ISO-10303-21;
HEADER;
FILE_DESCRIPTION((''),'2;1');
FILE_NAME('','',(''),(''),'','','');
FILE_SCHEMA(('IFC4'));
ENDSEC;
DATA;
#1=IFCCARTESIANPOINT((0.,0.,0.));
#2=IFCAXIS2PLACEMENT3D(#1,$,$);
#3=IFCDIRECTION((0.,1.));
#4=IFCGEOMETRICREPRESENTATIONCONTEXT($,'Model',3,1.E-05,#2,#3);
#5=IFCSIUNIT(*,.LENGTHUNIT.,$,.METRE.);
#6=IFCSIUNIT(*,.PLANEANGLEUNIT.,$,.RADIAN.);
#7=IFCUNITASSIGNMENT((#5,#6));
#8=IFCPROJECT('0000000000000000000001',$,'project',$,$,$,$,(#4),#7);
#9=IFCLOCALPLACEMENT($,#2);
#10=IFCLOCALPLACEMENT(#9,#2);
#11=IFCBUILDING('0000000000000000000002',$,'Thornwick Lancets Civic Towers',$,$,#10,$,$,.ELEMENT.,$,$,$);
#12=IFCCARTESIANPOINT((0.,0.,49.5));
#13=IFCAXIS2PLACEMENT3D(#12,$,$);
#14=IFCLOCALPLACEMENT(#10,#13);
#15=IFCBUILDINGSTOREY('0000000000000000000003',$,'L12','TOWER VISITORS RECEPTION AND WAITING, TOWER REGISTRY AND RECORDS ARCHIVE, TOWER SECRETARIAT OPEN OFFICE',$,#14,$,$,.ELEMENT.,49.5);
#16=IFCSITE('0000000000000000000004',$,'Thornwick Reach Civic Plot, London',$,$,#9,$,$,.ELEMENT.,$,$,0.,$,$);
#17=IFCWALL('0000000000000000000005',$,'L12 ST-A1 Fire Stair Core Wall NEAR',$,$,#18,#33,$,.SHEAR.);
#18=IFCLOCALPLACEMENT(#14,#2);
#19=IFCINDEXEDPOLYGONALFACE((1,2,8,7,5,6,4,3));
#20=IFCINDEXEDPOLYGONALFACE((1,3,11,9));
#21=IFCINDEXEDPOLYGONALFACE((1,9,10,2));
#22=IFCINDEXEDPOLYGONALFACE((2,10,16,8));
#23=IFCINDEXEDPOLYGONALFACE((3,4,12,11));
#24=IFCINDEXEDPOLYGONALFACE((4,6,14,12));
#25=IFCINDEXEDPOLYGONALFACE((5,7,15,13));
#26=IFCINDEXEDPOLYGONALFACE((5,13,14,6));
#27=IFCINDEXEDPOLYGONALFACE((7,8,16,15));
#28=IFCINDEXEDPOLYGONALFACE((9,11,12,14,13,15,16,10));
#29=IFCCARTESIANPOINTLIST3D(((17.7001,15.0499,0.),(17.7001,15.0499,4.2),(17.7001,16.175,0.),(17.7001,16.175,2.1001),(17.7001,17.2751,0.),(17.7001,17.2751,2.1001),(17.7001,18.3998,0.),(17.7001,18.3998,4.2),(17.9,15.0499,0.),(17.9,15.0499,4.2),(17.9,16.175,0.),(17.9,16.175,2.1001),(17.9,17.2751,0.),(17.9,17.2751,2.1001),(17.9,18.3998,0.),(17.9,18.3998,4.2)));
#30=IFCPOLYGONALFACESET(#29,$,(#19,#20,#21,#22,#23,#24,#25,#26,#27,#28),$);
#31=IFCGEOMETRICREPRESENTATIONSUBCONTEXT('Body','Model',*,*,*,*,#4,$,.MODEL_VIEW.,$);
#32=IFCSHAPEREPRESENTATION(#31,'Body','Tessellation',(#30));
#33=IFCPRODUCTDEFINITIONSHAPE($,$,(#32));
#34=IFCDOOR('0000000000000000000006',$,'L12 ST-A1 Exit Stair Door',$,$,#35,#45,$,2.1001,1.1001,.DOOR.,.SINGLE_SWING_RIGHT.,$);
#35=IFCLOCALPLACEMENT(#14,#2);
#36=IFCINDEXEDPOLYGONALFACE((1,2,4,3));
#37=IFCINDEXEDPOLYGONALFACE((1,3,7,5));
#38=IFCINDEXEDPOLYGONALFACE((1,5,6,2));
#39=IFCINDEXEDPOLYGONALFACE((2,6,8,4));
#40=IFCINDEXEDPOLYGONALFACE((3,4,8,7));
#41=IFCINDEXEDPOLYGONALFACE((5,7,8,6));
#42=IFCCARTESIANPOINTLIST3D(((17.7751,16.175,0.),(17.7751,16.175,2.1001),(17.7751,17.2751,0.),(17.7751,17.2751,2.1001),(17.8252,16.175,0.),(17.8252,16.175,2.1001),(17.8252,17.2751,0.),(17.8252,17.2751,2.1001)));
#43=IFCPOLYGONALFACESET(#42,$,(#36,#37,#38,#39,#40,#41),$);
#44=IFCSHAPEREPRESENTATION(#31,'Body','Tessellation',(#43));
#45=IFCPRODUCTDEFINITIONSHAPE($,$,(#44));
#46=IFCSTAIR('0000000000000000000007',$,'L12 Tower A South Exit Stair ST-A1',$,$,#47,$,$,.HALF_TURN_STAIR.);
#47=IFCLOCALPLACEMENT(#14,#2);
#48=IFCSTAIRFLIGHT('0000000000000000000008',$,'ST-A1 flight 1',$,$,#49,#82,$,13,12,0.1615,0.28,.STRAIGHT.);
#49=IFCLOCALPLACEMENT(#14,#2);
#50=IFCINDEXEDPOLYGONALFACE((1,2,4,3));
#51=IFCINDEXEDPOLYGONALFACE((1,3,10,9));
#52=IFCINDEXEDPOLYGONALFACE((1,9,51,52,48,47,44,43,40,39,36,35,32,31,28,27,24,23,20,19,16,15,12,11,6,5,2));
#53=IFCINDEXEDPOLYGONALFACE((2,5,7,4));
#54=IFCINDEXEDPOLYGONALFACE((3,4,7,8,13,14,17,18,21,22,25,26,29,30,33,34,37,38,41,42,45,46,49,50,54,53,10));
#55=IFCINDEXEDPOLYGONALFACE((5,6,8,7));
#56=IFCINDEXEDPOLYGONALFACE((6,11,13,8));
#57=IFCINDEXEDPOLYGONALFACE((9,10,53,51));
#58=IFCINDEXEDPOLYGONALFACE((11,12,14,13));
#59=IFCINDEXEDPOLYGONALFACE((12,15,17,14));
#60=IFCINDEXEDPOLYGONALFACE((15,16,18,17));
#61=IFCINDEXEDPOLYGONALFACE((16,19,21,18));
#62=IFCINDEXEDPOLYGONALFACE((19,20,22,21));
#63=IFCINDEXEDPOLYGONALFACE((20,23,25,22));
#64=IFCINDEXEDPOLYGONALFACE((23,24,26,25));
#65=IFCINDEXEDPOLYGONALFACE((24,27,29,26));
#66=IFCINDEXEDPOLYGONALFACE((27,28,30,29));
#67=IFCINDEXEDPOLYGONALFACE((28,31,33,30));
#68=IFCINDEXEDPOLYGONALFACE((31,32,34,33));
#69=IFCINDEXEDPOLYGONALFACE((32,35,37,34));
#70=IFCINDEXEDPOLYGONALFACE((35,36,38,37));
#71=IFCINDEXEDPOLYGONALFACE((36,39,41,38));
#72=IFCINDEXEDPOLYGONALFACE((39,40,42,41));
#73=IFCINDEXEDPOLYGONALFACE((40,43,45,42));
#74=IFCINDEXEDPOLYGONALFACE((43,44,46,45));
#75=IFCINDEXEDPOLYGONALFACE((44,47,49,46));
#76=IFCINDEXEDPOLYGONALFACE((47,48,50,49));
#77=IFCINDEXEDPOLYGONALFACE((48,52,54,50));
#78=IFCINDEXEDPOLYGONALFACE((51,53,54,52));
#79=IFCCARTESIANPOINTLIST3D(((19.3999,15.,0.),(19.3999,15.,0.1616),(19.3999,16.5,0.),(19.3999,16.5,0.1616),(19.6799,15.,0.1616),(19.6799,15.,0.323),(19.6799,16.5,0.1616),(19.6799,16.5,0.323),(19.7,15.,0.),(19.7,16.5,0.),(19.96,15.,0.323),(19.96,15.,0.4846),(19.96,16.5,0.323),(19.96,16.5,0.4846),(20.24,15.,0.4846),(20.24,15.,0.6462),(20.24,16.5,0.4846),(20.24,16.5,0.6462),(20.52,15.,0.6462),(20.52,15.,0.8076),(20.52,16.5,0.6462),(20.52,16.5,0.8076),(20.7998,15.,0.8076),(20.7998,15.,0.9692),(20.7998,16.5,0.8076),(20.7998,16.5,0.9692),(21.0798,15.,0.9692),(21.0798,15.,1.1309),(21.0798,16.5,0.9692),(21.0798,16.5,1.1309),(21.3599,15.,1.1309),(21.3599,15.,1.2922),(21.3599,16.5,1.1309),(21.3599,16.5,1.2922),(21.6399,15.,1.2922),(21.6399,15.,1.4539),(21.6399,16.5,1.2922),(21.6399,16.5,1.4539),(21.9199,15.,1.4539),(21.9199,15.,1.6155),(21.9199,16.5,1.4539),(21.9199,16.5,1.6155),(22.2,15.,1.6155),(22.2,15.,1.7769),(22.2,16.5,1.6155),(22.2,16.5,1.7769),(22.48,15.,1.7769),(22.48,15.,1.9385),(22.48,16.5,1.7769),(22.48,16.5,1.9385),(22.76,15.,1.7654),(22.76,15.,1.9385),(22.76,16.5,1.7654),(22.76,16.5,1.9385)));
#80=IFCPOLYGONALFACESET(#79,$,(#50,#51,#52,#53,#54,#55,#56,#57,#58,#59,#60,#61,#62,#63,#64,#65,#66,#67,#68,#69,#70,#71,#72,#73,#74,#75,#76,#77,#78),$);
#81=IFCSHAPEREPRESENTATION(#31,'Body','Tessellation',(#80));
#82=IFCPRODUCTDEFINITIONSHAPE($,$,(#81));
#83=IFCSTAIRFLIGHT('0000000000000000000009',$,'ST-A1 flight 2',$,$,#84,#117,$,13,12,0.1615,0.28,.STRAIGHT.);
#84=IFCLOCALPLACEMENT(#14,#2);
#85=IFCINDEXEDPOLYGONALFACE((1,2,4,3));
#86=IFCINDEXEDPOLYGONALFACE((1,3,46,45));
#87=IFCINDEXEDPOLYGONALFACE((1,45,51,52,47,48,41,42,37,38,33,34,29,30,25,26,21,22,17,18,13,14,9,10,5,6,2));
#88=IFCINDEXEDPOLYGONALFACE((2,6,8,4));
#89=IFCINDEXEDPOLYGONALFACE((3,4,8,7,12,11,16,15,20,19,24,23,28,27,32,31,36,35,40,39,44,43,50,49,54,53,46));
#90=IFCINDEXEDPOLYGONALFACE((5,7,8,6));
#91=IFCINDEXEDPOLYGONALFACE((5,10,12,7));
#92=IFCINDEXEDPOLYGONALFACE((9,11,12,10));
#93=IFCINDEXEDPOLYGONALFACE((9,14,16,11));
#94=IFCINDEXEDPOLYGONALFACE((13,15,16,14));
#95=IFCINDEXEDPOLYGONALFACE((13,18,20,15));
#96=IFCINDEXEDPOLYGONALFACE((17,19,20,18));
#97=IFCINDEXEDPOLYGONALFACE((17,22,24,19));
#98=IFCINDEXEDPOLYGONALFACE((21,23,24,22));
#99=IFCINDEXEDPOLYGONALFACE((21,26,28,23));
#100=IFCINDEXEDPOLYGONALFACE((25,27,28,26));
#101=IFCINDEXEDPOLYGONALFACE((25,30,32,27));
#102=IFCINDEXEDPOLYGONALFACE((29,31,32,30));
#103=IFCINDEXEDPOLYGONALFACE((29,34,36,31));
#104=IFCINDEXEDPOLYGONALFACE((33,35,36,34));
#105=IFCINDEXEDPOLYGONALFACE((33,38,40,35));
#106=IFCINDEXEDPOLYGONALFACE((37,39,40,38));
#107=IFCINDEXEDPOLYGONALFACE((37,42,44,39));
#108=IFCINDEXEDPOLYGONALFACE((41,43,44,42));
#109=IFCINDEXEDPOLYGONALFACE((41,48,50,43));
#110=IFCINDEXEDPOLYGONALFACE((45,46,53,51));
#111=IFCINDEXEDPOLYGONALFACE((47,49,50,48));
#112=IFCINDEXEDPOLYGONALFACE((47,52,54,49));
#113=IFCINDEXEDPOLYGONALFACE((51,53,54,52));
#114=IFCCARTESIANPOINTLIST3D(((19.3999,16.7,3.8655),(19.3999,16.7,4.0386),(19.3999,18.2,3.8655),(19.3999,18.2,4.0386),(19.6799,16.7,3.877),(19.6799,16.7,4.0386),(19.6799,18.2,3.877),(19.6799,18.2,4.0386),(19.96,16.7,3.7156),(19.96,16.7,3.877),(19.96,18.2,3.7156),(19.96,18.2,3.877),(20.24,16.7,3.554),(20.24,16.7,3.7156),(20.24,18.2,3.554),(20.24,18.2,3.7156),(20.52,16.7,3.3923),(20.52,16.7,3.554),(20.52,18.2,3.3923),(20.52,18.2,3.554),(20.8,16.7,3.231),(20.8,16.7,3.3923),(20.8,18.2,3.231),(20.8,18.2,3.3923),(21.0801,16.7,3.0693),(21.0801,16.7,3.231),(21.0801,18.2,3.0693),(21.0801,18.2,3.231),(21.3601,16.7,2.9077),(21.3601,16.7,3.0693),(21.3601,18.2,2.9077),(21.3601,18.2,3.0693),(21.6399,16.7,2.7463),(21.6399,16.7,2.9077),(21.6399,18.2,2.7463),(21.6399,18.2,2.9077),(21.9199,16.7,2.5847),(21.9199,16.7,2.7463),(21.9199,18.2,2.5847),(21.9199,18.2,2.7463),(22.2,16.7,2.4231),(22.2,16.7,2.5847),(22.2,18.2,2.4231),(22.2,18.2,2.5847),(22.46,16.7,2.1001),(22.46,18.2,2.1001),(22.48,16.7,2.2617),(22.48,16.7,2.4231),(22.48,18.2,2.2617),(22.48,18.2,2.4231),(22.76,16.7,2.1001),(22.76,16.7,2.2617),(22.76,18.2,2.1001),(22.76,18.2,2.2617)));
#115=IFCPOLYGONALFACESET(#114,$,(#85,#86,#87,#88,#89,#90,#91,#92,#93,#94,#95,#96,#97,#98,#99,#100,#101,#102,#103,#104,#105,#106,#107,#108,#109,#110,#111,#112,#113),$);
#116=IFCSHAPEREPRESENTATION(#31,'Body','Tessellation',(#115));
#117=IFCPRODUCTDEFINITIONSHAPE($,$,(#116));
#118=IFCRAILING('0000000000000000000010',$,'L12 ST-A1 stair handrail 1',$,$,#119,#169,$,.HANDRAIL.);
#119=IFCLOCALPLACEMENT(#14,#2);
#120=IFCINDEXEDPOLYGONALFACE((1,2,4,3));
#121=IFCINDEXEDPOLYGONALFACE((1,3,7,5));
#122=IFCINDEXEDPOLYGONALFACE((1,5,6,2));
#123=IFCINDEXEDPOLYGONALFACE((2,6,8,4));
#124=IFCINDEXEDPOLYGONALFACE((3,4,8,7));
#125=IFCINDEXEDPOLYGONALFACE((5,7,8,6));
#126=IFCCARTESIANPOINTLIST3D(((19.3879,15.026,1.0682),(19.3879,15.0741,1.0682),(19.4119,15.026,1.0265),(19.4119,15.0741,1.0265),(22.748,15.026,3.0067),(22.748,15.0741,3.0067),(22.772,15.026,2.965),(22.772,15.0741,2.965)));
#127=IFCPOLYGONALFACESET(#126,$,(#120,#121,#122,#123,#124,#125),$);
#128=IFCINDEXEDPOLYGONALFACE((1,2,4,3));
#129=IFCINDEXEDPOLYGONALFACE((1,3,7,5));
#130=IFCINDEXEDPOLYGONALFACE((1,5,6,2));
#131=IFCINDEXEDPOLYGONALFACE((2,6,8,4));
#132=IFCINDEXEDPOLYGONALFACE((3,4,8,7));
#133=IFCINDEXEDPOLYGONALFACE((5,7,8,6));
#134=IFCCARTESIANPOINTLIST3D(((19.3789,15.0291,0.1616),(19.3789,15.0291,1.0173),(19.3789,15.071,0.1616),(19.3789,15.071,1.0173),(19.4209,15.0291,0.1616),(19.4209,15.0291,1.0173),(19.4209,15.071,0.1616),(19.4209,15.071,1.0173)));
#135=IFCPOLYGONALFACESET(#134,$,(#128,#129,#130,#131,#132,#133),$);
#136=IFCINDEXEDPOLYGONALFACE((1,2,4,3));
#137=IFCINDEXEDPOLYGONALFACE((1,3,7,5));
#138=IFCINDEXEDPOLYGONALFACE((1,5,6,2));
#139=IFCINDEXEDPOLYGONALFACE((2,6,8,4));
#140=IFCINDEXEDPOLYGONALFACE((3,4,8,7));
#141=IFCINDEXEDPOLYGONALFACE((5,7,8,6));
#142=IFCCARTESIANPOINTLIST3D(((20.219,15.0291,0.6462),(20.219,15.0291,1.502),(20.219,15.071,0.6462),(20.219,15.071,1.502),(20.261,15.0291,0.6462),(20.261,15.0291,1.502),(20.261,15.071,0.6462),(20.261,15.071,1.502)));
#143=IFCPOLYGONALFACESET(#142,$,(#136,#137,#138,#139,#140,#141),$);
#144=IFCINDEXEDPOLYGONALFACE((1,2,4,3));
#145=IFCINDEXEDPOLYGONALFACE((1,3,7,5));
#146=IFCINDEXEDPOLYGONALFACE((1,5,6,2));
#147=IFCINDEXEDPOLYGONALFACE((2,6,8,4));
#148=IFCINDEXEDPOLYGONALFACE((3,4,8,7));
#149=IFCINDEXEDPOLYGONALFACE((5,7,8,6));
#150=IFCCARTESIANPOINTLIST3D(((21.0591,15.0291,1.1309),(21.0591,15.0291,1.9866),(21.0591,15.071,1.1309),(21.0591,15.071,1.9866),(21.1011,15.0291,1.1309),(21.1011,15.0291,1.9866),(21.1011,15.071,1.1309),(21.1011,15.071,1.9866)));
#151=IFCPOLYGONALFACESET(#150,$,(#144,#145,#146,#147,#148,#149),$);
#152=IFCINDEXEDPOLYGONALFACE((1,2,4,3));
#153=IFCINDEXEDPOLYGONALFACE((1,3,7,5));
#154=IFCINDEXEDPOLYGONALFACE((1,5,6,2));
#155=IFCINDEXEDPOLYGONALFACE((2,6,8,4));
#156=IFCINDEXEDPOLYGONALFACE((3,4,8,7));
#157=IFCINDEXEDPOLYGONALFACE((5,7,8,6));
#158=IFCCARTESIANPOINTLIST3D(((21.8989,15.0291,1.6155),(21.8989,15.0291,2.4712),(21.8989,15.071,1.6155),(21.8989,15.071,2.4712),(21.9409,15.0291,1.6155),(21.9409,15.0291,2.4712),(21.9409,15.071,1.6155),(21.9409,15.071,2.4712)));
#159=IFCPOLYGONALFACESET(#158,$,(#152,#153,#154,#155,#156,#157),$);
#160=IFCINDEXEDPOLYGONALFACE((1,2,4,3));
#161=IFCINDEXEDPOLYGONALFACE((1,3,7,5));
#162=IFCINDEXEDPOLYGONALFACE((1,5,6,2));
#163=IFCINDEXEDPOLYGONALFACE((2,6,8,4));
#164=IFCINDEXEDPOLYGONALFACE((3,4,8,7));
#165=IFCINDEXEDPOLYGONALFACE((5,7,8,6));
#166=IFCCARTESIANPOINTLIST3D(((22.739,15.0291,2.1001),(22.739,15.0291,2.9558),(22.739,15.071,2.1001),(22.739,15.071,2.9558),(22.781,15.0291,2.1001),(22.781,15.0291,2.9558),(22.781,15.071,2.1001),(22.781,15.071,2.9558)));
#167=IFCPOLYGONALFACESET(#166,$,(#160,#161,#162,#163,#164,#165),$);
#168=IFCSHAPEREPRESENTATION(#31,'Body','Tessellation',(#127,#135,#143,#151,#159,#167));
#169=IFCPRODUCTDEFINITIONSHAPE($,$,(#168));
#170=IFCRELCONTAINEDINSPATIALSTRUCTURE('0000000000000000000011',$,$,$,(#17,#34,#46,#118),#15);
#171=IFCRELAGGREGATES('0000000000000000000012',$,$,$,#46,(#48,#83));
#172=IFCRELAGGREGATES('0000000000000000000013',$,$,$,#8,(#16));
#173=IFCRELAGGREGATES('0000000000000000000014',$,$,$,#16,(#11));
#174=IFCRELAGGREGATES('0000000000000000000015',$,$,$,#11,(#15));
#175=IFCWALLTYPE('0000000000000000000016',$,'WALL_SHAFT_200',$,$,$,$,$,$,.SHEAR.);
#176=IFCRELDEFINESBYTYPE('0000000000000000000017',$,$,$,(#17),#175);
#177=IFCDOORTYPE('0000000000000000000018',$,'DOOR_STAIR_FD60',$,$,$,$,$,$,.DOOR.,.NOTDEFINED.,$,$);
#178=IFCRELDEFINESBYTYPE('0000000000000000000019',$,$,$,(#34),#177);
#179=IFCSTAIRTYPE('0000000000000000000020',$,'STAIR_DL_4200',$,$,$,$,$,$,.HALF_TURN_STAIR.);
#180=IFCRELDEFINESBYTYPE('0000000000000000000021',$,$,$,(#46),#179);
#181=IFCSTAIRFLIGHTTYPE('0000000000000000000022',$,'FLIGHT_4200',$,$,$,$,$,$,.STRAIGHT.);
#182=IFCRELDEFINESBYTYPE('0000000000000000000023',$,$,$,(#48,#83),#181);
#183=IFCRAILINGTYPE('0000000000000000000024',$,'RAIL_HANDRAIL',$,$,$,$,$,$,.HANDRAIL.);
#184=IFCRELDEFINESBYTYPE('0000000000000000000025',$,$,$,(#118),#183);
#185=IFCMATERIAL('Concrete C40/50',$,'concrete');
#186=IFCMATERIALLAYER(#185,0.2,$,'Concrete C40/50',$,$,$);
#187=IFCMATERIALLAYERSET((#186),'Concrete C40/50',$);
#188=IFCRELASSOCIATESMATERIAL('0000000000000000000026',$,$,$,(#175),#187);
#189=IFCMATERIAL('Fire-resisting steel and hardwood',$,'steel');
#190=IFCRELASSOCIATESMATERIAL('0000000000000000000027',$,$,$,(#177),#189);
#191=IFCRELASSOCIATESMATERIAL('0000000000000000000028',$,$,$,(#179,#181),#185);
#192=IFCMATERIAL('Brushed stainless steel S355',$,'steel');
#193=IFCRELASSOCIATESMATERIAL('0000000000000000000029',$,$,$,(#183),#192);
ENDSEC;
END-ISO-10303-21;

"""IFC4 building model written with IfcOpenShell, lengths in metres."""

from ifc_helpers import new_model, si_unit, direction, frame, frame_2d, origin, origin_2d, place, context, subcontext, project, spatial, polyline, rectangle, outline, extrude, material, layer, layer_set, type_object, element, fill, aggregate, save


model = new_model("IFC4")

# Units and contexts
model_context = context("Model", 3, precision=1e-05, world=origin(), true_north=direction((0.0, 1.0)))
body_context = subcontext(model_context, "Body", "Model", "MODEL_VIEW")
ifc_project = project(units=[si_unit("LENGTHUNIT", "METRE"), si_unit("PLANEANGLEUNIT", "RADIAN")], contexts=[model_context])

# Site, building, storey
site_placement = place(None, origin())
site = spatial("IfcSite", under=ifc_project, at=site_placement, Name="Thornwick Reach Civic Plot, London", CompositionType="ELEMENT", RefElevation=0.0)
building_placement = place(site_placement, origin())
building = spatial("IfcBuilding", under=site, at=building_placement, Name="Thornwick Lancets Civic Towers", CompositionType="ELEMENT")
storey_placement = place(building_placement, frame((0.0, 0.0, 49.5)))
storey = spatial("IfcBuildingStorey", under=building, at=storey_placement, Name="L12", Description="TOWER VISITORS RECEPTION AND WAITING, TOWER REGISTRY AND RECORDS ARCHIVE, TOWER SECRETARIAT OPEN OFFICE", CompositionType="ELEMENT", Elevation=49.5)

# Wall, opening, door
ifc_material_1 = material(Name="Concrete C40/50", Category="concrete")
ifc_layer_1 = layer(ifc_material_1, 0.2, Name="Concrete C40/50")
ifc_layer_set_1 = layer_set([ifc_layer_1], Name="Concrete C40/50")
wall_type_1 = type_object("IfcWallType", Name="WALL_SHAFT_200", PredefinedType="SHEAR", material=ifc_layer_set_1)
wall_1_placement = place(storey_placement, frame((17.8, 15.05, 0.0), z_axis=(0.0, 0.0, 1.0), x_axis=(0.0, 1.0, 0.0)))
wall_1 = element("IfcWall", 1, at=wall_1_placement, inside=storey, type_object=wall_type_1, Name="L12 ST-A1 Fire Stair Core Wall NEAR", PredefinedType="SHEAR", context=body_context, shape_type="SweptSolid", body=[
    extrude(rectangle(XDim=3.3499, YDim=0.2, at=frame_2d((1.6748, 0.0))), origin(), (0.0, 0.0, 1.0), 4.2),
])
opening_1_placement = place(wall_1_placement, frame((1.125, 0.0, 0.0)))
opening_1 = element("IfcOpeningElement", 2, at=opening_1_placement, cuts=wall_1, PredefinedType="OPENING", context=body_context, shape_type="SweptSolid", body=[
    extrude(rectangle(XDim=1.1001, YDim=2.1001, at=frame_2d((0.55, 1.05))), frame((0.0, 0.1099, 0.0), z_axis=(0.0, -1.0, 0.0), x_axis=(1.0, 0.0, 0.0)), (0.0, 0.0, 1.0), 0.22),
])
ifc_material_2 = material(Name="Fire-resisting steel and hardwood", Category="steel")
door_type_1 = type_object("IfcDoorType", Name="DOOR_STAIR_FD60", OperationType="NOTDEFINED", PredefinedType="DOOR", material=ifc_material_2)
door_1_placement = place(opening_1_placement, origin())
door_1 = element("IfcDoor", 3, at=door_1_placement, inside=storey, type_object=door_type_1, Name="L12 ST-A1 Exit Stair Door", OperationType="SINGLE_SWING_RIGHT", OverallHeight=2.1001, OverallWidth=1.1001, PredefinedType="DOOR", context=body_context, shape_type="SweptSolid", body=[
    extrude(rectangle(XDim=1.1001, YDim=2.1001, at=frame_2d((0.55, 1.05))), frame((0.0, 0.0249, 0.0), z_axis=(0.0, -1.0, 0.0), x_axis=(1.0, 0.0, 0.0)), (0.0, 0.0, 1.0), 0.05),
])
fill(opening_1, door_1)

# Stair, stair flights
stair_type = type_object("IfcStairType", Name="STAIR_DL_4200", PredefinedType="HALF_TURN_STAIR", material=ifc_material_1)
stair_placement = place(storey_placement, origin())
stair = element("IfcStair", 4, at=stair_placement, inside=storey, type_object=stair_type, Name="L12 Tower A South Exit Stair ST-A1", PredefinedType="HALF_TURN_STAIR")
stair_flight_type = type_object("IfcStairFlightType", Name="FLIGHT_4200", PredefinedType="STRAIGHT", material=ifc_material_1)
stair_flight_1_placement = place(storey_placement, frame((19.3999, 15.75, 0.0), z_axis=(0.0, 0.0, 1.0), x_axis=(1.0, 0.0, 0.0)))
stair_flight_1 = element("IfcStairFlight", 5, at=stair_flight_1_placement, type_object=stair_flight_type, Name="ST-A1 flight 1", NumberOfRisers=13, NumberOfTreads=12, PredefinedType="STRAIGHT", RiserHeight=0.1615, TreadLength=0.28, context=body_context, shape_type="SweptSolid", body=[
    extrude(outline(polyline([(0.0, 0.0), (0.0, 0.1616), (0.28, 0.1616), (0.28, 0.323), (0.5601, 0.323), (0.5601, 0.4846), (0.8401, 0.4846), (0.8401, 0.6462), (1.1201, 0.6462), (1.1201, 0.8076), (1.3999, 0.8076), (1.3999, 0.9692), (1.6799, 0.9692), (1.6799, 1.1309), (1.96, 1.1309), (1.96, 1.2922), (2.24, 1.2922), (2.24, 1.4539), (2.52, 1.4539), (2.52, 1.6155), (2.8, 1.6155), (2.8, 1.7769), (3.0801, 1.7769), (3.0801, 1.9385), (3.3601, 1.9385), (3.3601, 2.1001), (3.3601, 1.7654), (0.3, 0.0), (0.0, 0.0)])), frame((0.0, 0.75, 0.0), z_axis=(0.0, -1.0, 0.0), x_axis=(1.0, 0.0, 0.0)), (0.0, 0.0, 1.0), 1.5),
])
stair_flight_2_placement = place(storey_placement, frame((22.76, 17.45, 2.1001), z_axis=(0.0, 0.0, 1.0), x_axis=(-1.0, 0.0, 0.0)))
stair_flight_2 = element("IfcStairFlight", 6, at=stair_flight_2_placement, type_object=stair_flight_type, Name="ST-A1 flight 2", NumberOfRisers=13, NumberOfTreads=12, PredefinedType="STRAIGHT", RiserHeight=0.1615, TreadLength=0.28, context=body_context, shape_type="SweptSolid", body=[
    extrude(outline(polyline([(0.0, 0.0), (0.0, 0.1616), (0.28, 0.1616), (0.28, 0.323), (0.5601, 0.323), (0.5601, 0.4846), (0.8401, 0.4846), (0.8401, 0.6462), (1.1201, 0.6462), (1.1201, 0.8076), (1.3999, 0.8076), (1.3999, 0.9692), (1.6799, 0.9692), (1.6799, 1.1309), (1.96, 1.1309), (1.96, 1.2922), (2.24, 1.2922), (2.24, 1.4539), (2.52, 1.4539), (2.52, 1.6155), (2.8, 1.6155), (2.8, 1.7769), (3.0801, 1.7769), (3.0801, 1.9385), (3.3601, 1.9385), (3.3601, 2.1001), (3.3601, 1.7654), (0.3, 0.0), (0.0, 0.0)])), frame((0.0, 0.75, 0.0), z_axis=(0.0, -1.0, 0.0), x_axis=(1.0, 0.0, 0.0)), (0.0, 0.0, 1.0), 1.5),
])
aggregate(stair, [stair_flight_1, stair_flight_2])

# Railing
ifc_material_3 = material(Name="Brushed stainless steel S355", Category="steel")
railing_type_1 = type_object("IfcRailingType", Name="RAIL_HANDRAIL", PredefinedType="HANDRAIL", material=ifc_material_3)
railing_1_placement = place(storey_placement, frame((19.3999, 15.05, 0.1616)))
element("IfcRailing", 7, at=railing_1_placement, inside=storey, type_object=railing_type_1, Name="L12 ST-A1 stair handrail 1", PredefinedType="HANDRAIL", context=body_context, shape_type="SweptSolid", body=[
    extrude(rectangle(XDim=0.0481, YDim=0.0481, at=origin_2d()), frame((0.0, 0.0, 0.8857), z_axis=(0.866191, 0.0, 0.499713), x_axis=(0.0, 1.0, 0.0)), (0.0, 0.0, 1.0), 3.8792),
    extrude(rectangle(XDim=0.042, YDim=0.042, at=origin_2d()), origin(), (0.0, 0.0, 1.0), 0.8557),
    extrude(rectangle(XDim=0.042, YDim=0.042, at=origin_2d()), frame((0.8401, 0.0, 0.4846)), (0.0, 0.0, 1.0), 0.8557),
    extrude(rectangle(XDim=0.042, YDim=0.042, at=origin_2d()), frame((1.6802, 0.0, 0.9692)), (0.0, 0.0, 1.0), 0.8557),
    extrude(rectangle(XDim=0.042, YDim=0.042, at=origin_2d()), frame((2.52, 0.0, 1.4539)), (0.0, 0.0, 1.0), 0.8557),
    extrude(rectangle(XDim=0.042, YDim=0.042, at=origin_2d()), frame((3.3601, 0.0, 1.9385)), (0.0, 0.0, 1.0), 0.8557),
])

save(model, "model.ifc")
